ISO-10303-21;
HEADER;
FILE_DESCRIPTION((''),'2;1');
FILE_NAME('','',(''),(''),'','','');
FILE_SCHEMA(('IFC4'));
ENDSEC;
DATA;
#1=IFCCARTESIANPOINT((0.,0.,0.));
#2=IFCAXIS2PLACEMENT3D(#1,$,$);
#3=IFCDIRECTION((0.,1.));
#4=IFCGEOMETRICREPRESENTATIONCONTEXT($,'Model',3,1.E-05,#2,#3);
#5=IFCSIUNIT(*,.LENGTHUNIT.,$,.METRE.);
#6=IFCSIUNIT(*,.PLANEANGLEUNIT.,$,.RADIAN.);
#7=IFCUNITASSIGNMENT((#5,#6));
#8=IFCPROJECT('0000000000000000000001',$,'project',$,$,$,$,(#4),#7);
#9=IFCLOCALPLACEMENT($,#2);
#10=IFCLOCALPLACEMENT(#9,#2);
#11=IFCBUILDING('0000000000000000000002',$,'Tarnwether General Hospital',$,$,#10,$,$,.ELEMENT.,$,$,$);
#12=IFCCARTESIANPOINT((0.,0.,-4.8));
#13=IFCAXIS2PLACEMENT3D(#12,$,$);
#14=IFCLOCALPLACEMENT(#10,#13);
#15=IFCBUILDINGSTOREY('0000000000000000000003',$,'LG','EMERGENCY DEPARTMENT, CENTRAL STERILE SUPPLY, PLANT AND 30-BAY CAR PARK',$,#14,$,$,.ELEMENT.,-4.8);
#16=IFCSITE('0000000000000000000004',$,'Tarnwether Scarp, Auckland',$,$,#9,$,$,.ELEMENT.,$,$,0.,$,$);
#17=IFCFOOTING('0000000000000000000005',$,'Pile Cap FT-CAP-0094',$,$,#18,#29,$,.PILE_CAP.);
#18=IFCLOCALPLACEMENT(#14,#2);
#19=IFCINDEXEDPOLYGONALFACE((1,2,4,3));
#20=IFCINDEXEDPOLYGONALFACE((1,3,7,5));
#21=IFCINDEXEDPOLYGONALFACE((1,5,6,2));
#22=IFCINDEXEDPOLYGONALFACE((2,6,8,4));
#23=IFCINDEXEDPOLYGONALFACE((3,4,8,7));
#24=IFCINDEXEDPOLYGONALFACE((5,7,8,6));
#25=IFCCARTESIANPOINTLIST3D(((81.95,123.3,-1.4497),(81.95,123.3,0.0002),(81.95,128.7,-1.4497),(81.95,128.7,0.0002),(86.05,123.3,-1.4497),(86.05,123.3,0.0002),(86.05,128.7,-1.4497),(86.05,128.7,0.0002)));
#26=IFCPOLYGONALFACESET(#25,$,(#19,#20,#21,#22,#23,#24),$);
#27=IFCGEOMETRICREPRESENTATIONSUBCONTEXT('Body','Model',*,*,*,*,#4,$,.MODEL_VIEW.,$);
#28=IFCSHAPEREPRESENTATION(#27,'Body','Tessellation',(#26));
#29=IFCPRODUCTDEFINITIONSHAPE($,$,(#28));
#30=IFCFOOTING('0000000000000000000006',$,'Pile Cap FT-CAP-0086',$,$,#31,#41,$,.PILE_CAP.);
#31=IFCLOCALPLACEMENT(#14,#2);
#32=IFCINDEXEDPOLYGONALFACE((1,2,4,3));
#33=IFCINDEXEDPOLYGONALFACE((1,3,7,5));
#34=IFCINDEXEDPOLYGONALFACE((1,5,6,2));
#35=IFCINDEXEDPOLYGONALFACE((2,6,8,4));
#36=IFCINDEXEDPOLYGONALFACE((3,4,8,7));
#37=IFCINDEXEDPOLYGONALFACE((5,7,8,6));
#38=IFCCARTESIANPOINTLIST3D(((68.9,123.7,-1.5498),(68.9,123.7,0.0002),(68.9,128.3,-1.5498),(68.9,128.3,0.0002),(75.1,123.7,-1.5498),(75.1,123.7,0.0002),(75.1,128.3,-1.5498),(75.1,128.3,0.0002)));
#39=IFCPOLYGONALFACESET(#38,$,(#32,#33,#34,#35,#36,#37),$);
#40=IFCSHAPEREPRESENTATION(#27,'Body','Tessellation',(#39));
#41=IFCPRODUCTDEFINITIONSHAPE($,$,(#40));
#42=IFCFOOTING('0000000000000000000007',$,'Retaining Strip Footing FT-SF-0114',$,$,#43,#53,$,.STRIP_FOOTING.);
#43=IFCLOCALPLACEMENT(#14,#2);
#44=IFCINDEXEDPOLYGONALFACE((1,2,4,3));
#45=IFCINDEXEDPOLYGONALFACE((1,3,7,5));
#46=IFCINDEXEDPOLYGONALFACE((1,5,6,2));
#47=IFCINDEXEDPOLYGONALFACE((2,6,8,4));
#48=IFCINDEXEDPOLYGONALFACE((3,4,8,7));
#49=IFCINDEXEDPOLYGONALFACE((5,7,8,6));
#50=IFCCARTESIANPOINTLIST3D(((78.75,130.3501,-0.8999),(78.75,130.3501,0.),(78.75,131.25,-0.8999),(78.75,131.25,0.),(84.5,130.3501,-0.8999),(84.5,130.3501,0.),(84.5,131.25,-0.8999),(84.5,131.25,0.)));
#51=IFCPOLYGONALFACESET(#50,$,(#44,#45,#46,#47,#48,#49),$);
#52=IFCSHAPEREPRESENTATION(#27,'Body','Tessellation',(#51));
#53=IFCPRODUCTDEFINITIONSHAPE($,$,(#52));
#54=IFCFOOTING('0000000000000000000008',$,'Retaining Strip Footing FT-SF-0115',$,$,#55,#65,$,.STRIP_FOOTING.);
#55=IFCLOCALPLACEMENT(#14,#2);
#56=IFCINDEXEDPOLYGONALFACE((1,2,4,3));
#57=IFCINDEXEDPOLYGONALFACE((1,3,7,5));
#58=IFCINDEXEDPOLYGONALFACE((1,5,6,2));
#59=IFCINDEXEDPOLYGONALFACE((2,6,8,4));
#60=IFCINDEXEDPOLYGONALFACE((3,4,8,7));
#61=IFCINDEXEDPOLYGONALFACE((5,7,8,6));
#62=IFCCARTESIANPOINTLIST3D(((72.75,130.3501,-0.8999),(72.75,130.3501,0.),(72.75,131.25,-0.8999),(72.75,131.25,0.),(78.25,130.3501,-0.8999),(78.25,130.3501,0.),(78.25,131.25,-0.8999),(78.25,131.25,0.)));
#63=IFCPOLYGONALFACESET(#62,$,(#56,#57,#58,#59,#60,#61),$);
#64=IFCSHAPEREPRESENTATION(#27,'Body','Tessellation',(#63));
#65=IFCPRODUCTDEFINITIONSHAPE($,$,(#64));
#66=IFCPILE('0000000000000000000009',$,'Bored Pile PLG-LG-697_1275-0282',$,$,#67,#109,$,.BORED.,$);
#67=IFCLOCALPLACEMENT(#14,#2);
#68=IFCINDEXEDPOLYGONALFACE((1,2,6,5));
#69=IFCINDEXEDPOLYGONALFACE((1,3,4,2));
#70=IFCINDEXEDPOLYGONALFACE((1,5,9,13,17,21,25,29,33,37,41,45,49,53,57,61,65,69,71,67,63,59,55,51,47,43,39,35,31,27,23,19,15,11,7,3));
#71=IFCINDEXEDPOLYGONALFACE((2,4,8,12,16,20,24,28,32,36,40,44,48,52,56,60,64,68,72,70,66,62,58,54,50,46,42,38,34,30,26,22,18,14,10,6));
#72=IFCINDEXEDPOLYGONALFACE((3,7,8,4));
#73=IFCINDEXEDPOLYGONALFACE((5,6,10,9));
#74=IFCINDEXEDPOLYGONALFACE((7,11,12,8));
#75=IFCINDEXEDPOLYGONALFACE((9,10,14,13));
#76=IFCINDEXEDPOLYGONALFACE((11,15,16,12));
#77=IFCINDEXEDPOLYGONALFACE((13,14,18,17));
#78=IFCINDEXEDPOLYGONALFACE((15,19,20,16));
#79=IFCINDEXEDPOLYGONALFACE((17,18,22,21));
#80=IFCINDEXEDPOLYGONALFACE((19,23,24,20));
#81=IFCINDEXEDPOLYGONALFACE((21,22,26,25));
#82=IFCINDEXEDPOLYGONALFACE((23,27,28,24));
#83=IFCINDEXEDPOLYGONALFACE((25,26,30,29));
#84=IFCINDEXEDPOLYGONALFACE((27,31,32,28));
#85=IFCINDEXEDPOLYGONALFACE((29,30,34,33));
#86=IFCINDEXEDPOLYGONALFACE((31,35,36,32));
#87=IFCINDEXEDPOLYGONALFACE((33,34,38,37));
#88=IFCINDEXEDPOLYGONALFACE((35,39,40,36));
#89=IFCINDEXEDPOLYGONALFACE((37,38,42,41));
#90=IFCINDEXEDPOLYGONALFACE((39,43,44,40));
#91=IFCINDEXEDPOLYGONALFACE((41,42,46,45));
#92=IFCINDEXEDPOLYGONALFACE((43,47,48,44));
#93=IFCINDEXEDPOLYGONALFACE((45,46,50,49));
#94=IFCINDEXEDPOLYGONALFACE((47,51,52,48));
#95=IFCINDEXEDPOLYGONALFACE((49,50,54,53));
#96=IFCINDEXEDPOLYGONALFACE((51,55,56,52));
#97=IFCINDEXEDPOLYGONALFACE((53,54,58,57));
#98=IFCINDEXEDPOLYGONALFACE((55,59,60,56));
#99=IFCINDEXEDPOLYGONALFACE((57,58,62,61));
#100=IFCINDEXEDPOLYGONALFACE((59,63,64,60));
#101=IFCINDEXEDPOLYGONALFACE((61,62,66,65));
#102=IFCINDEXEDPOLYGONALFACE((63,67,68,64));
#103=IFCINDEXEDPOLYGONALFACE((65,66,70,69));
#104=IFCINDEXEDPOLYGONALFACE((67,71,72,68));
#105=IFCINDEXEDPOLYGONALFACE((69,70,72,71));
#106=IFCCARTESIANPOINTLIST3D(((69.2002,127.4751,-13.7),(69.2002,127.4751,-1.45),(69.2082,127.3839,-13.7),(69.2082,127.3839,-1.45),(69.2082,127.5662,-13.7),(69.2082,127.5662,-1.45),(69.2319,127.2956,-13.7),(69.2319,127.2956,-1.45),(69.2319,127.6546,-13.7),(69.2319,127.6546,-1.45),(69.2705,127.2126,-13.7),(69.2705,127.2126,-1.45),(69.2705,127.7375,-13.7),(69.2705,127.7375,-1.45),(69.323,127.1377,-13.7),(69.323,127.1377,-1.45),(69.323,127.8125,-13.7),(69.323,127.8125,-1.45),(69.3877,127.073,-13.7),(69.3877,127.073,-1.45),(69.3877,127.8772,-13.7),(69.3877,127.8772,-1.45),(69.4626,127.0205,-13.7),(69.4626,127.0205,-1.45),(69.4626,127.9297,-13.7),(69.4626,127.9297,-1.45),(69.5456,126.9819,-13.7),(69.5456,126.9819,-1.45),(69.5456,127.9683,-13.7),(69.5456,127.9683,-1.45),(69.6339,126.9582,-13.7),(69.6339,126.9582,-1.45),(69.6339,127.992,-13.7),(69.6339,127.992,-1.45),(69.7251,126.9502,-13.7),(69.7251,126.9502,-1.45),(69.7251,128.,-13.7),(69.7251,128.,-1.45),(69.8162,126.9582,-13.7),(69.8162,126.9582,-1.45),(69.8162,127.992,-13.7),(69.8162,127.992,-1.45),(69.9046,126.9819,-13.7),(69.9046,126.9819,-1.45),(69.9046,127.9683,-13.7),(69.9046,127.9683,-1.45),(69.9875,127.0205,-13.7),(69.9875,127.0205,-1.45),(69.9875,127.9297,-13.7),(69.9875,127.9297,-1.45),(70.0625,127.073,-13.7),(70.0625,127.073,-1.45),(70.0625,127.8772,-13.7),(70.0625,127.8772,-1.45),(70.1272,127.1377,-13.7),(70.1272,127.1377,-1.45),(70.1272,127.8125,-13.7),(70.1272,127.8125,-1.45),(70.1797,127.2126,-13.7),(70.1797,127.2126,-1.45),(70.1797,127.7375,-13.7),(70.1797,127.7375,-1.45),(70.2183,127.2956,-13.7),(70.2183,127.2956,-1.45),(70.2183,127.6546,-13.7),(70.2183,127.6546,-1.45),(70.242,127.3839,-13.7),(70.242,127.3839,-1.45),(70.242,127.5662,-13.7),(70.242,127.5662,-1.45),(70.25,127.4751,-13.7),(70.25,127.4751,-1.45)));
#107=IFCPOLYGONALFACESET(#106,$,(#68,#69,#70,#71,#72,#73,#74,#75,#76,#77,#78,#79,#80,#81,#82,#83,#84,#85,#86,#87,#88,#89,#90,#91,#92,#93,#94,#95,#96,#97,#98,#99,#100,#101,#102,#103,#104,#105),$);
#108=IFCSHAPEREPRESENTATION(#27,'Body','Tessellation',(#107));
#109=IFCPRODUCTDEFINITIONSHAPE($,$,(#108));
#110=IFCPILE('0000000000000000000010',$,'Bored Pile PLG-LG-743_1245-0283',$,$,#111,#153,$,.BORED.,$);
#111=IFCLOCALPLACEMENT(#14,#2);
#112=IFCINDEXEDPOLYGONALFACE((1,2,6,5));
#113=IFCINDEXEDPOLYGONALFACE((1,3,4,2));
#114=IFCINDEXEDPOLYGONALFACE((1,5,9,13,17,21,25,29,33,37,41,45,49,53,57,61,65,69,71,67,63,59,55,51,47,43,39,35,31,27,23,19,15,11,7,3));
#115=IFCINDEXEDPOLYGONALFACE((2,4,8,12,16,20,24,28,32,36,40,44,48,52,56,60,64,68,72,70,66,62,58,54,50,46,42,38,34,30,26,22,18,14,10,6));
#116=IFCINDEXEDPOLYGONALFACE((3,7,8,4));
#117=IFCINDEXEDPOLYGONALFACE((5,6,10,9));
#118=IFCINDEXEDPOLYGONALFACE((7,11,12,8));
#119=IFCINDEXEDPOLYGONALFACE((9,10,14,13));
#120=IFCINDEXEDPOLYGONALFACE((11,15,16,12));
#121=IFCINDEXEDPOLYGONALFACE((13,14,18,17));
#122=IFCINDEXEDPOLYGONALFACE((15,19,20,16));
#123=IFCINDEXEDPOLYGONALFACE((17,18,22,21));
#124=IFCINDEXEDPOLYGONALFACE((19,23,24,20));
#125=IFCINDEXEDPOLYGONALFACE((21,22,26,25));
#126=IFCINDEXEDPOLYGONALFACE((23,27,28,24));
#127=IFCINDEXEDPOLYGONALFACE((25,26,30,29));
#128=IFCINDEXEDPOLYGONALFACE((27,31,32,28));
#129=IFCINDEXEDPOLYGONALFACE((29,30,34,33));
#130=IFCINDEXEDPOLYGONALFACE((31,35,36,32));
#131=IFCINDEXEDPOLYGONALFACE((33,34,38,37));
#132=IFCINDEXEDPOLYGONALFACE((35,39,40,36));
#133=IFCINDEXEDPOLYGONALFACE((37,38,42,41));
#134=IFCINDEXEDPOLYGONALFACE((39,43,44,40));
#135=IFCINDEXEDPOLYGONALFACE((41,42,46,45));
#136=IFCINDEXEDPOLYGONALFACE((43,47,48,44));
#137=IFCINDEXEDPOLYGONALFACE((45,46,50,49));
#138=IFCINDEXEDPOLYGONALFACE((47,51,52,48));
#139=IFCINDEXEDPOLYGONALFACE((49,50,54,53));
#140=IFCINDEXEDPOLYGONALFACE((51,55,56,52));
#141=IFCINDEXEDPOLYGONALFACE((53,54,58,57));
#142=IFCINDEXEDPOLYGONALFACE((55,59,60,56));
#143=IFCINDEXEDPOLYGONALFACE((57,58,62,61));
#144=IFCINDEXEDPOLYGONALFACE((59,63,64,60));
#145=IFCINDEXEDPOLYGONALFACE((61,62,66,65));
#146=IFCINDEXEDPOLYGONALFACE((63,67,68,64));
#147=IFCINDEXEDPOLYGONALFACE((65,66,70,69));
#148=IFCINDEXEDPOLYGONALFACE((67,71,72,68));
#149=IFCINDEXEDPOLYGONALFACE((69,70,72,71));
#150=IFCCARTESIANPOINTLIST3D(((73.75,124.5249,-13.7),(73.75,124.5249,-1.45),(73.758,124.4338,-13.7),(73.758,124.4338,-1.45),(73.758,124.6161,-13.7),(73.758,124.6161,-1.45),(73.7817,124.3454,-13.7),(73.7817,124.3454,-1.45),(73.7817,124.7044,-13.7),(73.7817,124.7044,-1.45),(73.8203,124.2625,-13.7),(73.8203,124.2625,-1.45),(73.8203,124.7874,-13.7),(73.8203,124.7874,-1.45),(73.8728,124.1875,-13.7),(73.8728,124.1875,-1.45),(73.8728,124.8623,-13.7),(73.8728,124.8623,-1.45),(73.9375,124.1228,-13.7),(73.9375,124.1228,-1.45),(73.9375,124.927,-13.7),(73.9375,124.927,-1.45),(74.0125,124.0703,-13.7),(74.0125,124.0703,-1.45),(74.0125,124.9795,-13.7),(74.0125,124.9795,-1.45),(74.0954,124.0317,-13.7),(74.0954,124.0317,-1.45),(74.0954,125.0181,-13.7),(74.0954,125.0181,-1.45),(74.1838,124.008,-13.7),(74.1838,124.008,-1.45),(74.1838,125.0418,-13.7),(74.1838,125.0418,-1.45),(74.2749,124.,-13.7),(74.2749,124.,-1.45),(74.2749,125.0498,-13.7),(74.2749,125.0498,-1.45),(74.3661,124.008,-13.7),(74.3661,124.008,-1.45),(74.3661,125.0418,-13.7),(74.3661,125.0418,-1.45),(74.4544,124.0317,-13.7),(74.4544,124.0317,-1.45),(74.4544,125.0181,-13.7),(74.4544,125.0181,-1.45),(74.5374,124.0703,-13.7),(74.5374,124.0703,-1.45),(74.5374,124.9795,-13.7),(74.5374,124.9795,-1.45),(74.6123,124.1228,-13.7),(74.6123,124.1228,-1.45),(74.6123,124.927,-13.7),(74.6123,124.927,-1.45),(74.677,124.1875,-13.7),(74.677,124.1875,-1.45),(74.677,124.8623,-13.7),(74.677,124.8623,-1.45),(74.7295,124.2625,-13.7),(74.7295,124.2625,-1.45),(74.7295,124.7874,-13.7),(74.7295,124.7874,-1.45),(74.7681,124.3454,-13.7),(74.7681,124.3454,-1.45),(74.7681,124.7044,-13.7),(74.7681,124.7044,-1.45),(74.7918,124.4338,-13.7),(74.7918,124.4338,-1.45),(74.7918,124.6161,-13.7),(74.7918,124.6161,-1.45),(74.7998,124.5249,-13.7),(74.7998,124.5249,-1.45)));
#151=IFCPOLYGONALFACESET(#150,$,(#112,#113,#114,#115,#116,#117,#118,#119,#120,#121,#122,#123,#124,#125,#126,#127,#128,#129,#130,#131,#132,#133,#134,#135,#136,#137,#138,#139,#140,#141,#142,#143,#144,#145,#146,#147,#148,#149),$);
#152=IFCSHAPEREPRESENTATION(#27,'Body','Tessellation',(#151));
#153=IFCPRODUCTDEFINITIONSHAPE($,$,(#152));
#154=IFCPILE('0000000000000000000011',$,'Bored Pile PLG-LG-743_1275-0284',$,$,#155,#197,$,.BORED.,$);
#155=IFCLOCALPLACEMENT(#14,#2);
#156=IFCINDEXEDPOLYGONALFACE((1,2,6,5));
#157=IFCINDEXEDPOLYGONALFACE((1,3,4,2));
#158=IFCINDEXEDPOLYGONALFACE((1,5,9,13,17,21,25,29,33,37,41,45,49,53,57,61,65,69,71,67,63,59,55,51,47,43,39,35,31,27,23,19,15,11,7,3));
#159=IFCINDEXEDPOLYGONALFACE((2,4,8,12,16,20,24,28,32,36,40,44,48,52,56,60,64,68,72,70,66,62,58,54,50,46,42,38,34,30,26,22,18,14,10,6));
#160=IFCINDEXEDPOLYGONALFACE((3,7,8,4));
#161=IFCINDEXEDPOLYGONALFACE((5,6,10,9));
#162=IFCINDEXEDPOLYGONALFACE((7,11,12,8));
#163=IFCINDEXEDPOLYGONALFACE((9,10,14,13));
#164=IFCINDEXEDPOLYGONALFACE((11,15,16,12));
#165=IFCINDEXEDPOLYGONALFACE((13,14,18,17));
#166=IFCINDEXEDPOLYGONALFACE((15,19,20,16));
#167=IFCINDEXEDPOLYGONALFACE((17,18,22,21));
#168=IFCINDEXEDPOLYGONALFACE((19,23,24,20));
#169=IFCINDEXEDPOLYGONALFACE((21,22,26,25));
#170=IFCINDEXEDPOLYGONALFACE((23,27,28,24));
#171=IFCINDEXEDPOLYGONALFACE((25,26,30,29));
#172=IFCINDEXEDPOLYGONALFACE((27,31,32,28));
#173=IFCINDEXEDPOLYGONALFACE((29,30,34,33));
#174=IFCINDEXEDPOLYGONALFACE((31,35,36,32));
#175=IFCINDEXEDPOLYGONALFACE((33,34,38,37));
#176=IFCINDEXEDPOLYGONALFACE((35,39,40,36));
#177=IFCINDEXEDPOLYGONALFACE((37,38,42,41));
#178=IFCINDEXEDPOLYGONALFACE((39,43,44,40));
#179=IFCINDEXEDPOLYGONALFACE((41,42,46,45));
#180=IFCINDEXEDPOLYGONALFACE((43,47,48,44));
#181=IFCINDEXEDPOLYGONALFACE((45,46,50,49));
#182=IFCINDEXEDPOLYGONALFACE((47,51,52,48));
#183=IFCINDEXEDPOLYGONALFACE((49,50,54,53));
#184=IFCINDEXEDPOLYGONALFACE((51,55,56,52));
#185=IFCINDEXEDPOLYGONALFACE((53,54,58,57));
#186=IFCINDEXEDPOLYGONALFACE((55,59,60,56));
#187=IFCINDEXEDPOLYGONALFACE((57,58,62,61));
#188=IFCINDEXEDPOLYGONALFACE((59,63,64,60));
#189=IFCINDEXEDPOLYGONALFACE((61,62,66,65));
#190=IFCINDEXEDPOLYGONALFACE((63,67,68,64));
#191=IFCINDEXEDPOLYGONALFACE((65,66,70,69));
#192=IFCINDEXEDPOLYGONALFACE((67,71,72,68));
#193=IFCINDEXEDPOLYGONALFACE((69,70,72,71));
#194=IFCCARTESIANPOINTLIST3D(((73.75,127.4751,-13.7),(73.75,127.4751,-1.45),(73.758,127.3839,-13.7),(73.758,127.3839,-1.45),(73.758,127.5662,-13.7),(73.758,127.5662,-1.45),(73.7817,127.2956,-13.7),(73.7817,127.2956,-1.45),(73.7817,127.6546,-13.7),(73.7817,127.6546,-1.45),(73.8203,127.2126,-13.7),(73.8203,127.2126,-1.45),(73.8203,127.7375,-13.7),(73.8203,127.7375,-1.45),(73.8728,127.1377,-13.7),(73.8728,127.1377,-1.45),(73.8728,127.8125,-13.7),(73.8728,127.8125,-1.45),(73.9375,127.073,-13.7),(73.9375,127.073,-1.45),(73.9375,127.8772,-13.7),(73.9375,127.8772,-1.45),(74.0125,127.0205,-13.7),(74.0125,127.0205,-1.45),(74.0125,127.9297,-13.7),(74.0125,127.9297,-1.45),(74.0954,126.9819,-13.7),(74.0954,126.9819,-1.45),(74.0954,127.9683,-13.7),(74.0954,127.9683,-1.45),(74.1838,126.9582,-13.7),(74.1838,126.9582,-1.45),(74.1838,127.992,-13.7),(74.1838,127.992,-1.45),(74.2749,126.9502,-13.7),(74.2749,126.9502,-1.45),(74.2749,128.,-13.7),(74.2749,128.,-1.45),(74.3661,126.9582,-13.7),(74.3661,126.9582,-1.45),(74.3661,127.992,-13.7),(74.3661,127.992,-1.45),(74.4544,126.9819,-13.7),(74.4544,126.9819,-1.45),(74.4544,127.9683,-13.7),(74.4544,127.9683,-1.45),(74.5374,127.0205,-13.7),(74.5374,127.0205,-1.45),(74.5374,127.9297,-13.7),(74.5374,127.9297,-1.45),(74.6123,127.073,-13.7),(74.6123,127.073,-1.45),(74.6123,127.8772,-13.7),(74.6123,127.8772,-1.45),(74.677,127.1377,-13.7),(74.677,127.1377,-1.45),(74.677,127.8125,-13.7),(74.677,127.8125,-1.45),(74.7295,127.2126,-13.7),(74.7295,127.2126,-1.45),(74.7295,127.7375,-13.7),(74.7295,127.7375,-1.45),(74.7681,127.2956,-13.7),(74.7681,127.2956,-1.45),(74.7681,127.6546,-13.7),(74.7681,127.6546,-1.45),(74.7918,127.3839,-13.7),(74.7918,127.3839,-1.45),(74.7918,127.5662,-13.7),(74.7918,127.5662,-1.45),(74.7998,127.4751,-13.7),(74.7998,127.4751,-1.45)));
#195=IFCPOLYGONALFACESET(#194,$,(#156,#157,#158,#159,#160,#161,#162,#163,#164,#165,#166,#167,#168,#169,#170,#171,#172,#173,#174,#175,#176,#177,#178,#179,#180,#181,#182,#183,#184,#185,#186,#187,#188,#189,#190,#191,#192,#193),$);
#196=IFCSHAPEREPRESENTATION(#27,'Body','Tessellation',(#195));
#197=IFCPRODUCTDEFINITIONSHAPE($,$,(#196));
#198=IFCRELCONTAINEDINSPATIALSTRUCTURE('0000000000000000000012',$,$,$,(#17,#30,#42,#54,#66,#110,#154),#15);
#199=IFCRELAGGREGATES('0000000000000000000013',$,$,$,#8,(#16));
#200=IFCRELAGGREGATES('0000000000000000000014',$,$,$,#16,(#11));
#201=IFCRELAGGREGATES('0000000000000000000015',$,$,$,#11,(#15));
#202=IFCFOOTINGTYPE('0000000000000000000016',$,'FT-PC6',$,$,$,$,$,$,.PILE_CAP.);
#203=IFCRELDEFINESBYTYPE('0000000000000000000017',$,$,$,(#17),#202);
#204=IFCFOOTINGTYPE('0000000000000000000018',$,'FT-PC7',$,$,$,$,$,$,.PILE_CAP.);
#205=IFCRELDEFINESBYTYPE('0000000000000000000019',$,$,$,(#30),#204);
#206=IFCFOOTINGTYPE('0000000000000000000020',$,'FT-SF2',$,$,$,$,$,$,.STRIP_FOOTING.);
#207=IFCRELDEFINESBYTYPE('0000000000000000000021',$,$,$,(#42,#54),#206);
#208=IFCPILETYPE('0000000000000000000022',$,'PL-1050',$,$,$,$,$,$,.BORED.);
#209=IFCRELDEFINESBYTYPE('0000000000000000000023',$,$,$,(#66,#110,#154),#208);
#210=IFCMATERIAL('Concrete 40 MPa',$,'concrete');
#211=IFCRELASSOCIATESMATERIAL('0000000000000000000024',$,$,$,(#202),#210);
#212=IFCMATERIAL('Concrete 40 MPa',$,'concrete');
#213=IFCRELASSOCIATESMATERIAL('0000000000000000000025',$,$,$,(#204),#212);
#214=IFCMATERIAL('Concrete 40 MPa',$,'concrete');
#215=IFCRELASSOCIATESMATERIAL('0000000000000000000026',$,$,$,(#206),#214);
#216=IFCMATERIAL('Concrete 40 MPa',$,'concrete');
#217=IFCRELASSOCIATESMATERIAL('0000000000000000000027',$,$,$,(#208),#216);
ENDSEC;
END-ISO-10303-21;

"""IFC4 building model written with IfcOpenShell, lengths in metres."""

from ifc_helpers import new_model, si_unit, direction, frame, origin, origin_2d, place, context, subcontext, project, spatial, rectangle, circle, extrude, material, material_profile, profile_set, type_object, element, save


model = new_model("IFC4")

# Units and contexts
model_context = context("Model", 3, precision=1e-05, world=origin(), true_north=direction((0.0, 1.0)))
body_context = subcontext(model_context, "Body", "Model", "MODEL_VIEW")
ifc_project = project(units=[si_unit("LENGTHUNIT", "METRE"), si_unit("PLANEANGLEUNIT", "RADIAN")], contexts=[model_context])

# Site, building, storey
site_placement = place(None, origin())
site = spatial("IfcSite", under=ifc_project, at=site_placement, Name="Tarnwether Scarp, Auckland", CompositionType="ELEMENT", RefElevation=0.0)
building_placement = place(site_placement, origin())
building = spatial("IfcBuilding", under=site, at=building_placement, Name="Tarnwether General Hospital", CompositionType="ELEMENT")
storey_placement = place(building_placement, frame((0.0, 0.0, -4.8)))
storey = spatial("IfcBuildingStorey", under=building, at=storey_placement, Name="LG", Description="EMERGENCY DEPARTMENT, CENTRAL STERILE SUPPLY, PLANT AND 30-BAY CAR PARK", CompositionType="ELEMENT", Elevation=-4.8)

# Footings
ifc_material_1 = material(Name="Concrete 40 MPa", Category="concrete")
footing_type_1 = type_object("IfcFootingType", Name="FT-PC6", PredefinedType="PILE_CAP", material=ifc_material_1)
footing_1_placement = place(storey_placement, frame((84.0, 126.0, -1.4497), z_axis=(0.0, 0.0, 1.0), x_axis=(0.0, 1.0, 0.0)))
element("IfcFooting", 1, at=footing_1_placement, inside=storey, type_object=footing_type_1, Name="Pile Cap FT-CAP-0094", PredefinedType="PILE_CAP", context=body_context, shape_type="SweptSolid", body=[
    extrude(rectangle(XDim=5.3999, YDim=4.1001, at=origin_2d()), origin(), (0.0, 0.0, 1.0), 1.45),
])
ifc_material_2 = material(Name="Concrete 40 MPa", Category="concrete")
footing_type_2 = type_object("IfcFootingType", Name="FT-PC7", PredefinedType="PILE_CAP", material=ifc_material_2)
footing_2_placement = place(storey_placement, frame((72.0, 126.0, -1.5498), z_axis=(0.0, 0.0, 1.0), x_axis=(1.0, 0.0, 0.0)))
element("IfcFooting", 2, at=footing_2_placement, inside=storey, type_object=footing_type_2, Name="Pile Cap FT-CAP-0086", PredefinedType="PILE_CAP", context=body_context, shape_type="SweptSolid", body=[
    extrude(rectangle(XDim=6.2, YDim=4.6001, at=origin_2d()), origin(), (0.0, 0.0, 1.0), 1.55),
])
ifc_material_3 = material(Name="Concrete 40 MPa", Category="concrete")
footing_type_3 = type_object("IfcFootingType", Name="FT-SF2", PredefinedType="STRIP_FOOTING", material=ifc_material_3)
footing_3_placement = place(storey_placement, frame((81.625, 130.8, -0.8999), z_axis=(0.0, 0.0, 1.0), x_axis=(-1.0, 0.0, 0.0)))
element("IfcFooting", 3, at=footing_3_placement, inside=storey, type_object=footing_type_3, Name="Retaining Strip Footing FT-SF-0114", PredefinedType="STRIP_FOOTING", context=body_context, shape_type="SweptSolid", body=[
    extrude(rectangle(XDim=5.75, YDim=0.8999, at=origin_2d()), origin(), (0.0, 0.0, 1.0), 0.8999),
])
footing_4_placement = place(storey_placement, frame((75.5, 130.8, -0.8999), z_axis=(0.0, 0.0, 1.0), x_axis=(-1.0, 0.0, 0.0)))
element("IfcFooting", 4, at=footing_4_placement, inside=storey, type_object=footing_type_3, Name="Retaining Strip Footing FT-SF-0115", PredefinedType="STRIP_FOOTING", context=body_context, shape_type="SweptSolid", body=[
    extrude(rectangle(XDim=5.5, YDim=0.8999, at=origin_2d()), origin(), (0.0, 0.0, 1.0), 0.8999),
])

# Piles
ifc_material_4 = material(Name="Concrete 40 MPa", Category="concrete")
ifc_material_profile_1 = material_profile(ifc_material_4, circle(Radius=0.5249, at=origin_2d()), Name="PILE-D1050")
ifc_profile_set_1 = profile_set([ifc_material_profile_1], Name="Concrete 40 MPa")
pile_type_1 = type_object("IfcPileType", Name="PL-1050", PredefinedType="BORED", material=ifc_profile_set_1)
for number, where, z_axis, x_axis, name in (
    (5, (69.7251, 127.4751, -1.45), (0.0, 0.0, -1.0), (1.0, 0.0, 0.0), "Bored Pile PLG-LG-697_1275-0282"),
    (6, (74.2749, 124.5249, -1.45), (0.0, 0.0, -1.0), (1.0, 0.0, 0.0), "Bored Pile PLG-LG-743_1245-0283"),
    (7, (74.2749, 127.4751, -1.45), (0.0, 0.0, -1.0), (1.0, 0.0, 0.0), "Bored Pile PLG-LG-743_1275-0284"),
):
    element("IfcPile", number, at=place(storey_placement, frame(where, z_axis=z_axis, x_axis=x_axis)), inside=storey, type_object=pile_type_1, Name=name, PredefinedType="BORED", context=body_context, shape_type="SweptSolid", body=[
        extrude(circle(Radius=0.5249, at=origin_2d()), origin(), (0.0, 0.0, 1.0), 12.25),
    ])

save(model, "model.ifc")
